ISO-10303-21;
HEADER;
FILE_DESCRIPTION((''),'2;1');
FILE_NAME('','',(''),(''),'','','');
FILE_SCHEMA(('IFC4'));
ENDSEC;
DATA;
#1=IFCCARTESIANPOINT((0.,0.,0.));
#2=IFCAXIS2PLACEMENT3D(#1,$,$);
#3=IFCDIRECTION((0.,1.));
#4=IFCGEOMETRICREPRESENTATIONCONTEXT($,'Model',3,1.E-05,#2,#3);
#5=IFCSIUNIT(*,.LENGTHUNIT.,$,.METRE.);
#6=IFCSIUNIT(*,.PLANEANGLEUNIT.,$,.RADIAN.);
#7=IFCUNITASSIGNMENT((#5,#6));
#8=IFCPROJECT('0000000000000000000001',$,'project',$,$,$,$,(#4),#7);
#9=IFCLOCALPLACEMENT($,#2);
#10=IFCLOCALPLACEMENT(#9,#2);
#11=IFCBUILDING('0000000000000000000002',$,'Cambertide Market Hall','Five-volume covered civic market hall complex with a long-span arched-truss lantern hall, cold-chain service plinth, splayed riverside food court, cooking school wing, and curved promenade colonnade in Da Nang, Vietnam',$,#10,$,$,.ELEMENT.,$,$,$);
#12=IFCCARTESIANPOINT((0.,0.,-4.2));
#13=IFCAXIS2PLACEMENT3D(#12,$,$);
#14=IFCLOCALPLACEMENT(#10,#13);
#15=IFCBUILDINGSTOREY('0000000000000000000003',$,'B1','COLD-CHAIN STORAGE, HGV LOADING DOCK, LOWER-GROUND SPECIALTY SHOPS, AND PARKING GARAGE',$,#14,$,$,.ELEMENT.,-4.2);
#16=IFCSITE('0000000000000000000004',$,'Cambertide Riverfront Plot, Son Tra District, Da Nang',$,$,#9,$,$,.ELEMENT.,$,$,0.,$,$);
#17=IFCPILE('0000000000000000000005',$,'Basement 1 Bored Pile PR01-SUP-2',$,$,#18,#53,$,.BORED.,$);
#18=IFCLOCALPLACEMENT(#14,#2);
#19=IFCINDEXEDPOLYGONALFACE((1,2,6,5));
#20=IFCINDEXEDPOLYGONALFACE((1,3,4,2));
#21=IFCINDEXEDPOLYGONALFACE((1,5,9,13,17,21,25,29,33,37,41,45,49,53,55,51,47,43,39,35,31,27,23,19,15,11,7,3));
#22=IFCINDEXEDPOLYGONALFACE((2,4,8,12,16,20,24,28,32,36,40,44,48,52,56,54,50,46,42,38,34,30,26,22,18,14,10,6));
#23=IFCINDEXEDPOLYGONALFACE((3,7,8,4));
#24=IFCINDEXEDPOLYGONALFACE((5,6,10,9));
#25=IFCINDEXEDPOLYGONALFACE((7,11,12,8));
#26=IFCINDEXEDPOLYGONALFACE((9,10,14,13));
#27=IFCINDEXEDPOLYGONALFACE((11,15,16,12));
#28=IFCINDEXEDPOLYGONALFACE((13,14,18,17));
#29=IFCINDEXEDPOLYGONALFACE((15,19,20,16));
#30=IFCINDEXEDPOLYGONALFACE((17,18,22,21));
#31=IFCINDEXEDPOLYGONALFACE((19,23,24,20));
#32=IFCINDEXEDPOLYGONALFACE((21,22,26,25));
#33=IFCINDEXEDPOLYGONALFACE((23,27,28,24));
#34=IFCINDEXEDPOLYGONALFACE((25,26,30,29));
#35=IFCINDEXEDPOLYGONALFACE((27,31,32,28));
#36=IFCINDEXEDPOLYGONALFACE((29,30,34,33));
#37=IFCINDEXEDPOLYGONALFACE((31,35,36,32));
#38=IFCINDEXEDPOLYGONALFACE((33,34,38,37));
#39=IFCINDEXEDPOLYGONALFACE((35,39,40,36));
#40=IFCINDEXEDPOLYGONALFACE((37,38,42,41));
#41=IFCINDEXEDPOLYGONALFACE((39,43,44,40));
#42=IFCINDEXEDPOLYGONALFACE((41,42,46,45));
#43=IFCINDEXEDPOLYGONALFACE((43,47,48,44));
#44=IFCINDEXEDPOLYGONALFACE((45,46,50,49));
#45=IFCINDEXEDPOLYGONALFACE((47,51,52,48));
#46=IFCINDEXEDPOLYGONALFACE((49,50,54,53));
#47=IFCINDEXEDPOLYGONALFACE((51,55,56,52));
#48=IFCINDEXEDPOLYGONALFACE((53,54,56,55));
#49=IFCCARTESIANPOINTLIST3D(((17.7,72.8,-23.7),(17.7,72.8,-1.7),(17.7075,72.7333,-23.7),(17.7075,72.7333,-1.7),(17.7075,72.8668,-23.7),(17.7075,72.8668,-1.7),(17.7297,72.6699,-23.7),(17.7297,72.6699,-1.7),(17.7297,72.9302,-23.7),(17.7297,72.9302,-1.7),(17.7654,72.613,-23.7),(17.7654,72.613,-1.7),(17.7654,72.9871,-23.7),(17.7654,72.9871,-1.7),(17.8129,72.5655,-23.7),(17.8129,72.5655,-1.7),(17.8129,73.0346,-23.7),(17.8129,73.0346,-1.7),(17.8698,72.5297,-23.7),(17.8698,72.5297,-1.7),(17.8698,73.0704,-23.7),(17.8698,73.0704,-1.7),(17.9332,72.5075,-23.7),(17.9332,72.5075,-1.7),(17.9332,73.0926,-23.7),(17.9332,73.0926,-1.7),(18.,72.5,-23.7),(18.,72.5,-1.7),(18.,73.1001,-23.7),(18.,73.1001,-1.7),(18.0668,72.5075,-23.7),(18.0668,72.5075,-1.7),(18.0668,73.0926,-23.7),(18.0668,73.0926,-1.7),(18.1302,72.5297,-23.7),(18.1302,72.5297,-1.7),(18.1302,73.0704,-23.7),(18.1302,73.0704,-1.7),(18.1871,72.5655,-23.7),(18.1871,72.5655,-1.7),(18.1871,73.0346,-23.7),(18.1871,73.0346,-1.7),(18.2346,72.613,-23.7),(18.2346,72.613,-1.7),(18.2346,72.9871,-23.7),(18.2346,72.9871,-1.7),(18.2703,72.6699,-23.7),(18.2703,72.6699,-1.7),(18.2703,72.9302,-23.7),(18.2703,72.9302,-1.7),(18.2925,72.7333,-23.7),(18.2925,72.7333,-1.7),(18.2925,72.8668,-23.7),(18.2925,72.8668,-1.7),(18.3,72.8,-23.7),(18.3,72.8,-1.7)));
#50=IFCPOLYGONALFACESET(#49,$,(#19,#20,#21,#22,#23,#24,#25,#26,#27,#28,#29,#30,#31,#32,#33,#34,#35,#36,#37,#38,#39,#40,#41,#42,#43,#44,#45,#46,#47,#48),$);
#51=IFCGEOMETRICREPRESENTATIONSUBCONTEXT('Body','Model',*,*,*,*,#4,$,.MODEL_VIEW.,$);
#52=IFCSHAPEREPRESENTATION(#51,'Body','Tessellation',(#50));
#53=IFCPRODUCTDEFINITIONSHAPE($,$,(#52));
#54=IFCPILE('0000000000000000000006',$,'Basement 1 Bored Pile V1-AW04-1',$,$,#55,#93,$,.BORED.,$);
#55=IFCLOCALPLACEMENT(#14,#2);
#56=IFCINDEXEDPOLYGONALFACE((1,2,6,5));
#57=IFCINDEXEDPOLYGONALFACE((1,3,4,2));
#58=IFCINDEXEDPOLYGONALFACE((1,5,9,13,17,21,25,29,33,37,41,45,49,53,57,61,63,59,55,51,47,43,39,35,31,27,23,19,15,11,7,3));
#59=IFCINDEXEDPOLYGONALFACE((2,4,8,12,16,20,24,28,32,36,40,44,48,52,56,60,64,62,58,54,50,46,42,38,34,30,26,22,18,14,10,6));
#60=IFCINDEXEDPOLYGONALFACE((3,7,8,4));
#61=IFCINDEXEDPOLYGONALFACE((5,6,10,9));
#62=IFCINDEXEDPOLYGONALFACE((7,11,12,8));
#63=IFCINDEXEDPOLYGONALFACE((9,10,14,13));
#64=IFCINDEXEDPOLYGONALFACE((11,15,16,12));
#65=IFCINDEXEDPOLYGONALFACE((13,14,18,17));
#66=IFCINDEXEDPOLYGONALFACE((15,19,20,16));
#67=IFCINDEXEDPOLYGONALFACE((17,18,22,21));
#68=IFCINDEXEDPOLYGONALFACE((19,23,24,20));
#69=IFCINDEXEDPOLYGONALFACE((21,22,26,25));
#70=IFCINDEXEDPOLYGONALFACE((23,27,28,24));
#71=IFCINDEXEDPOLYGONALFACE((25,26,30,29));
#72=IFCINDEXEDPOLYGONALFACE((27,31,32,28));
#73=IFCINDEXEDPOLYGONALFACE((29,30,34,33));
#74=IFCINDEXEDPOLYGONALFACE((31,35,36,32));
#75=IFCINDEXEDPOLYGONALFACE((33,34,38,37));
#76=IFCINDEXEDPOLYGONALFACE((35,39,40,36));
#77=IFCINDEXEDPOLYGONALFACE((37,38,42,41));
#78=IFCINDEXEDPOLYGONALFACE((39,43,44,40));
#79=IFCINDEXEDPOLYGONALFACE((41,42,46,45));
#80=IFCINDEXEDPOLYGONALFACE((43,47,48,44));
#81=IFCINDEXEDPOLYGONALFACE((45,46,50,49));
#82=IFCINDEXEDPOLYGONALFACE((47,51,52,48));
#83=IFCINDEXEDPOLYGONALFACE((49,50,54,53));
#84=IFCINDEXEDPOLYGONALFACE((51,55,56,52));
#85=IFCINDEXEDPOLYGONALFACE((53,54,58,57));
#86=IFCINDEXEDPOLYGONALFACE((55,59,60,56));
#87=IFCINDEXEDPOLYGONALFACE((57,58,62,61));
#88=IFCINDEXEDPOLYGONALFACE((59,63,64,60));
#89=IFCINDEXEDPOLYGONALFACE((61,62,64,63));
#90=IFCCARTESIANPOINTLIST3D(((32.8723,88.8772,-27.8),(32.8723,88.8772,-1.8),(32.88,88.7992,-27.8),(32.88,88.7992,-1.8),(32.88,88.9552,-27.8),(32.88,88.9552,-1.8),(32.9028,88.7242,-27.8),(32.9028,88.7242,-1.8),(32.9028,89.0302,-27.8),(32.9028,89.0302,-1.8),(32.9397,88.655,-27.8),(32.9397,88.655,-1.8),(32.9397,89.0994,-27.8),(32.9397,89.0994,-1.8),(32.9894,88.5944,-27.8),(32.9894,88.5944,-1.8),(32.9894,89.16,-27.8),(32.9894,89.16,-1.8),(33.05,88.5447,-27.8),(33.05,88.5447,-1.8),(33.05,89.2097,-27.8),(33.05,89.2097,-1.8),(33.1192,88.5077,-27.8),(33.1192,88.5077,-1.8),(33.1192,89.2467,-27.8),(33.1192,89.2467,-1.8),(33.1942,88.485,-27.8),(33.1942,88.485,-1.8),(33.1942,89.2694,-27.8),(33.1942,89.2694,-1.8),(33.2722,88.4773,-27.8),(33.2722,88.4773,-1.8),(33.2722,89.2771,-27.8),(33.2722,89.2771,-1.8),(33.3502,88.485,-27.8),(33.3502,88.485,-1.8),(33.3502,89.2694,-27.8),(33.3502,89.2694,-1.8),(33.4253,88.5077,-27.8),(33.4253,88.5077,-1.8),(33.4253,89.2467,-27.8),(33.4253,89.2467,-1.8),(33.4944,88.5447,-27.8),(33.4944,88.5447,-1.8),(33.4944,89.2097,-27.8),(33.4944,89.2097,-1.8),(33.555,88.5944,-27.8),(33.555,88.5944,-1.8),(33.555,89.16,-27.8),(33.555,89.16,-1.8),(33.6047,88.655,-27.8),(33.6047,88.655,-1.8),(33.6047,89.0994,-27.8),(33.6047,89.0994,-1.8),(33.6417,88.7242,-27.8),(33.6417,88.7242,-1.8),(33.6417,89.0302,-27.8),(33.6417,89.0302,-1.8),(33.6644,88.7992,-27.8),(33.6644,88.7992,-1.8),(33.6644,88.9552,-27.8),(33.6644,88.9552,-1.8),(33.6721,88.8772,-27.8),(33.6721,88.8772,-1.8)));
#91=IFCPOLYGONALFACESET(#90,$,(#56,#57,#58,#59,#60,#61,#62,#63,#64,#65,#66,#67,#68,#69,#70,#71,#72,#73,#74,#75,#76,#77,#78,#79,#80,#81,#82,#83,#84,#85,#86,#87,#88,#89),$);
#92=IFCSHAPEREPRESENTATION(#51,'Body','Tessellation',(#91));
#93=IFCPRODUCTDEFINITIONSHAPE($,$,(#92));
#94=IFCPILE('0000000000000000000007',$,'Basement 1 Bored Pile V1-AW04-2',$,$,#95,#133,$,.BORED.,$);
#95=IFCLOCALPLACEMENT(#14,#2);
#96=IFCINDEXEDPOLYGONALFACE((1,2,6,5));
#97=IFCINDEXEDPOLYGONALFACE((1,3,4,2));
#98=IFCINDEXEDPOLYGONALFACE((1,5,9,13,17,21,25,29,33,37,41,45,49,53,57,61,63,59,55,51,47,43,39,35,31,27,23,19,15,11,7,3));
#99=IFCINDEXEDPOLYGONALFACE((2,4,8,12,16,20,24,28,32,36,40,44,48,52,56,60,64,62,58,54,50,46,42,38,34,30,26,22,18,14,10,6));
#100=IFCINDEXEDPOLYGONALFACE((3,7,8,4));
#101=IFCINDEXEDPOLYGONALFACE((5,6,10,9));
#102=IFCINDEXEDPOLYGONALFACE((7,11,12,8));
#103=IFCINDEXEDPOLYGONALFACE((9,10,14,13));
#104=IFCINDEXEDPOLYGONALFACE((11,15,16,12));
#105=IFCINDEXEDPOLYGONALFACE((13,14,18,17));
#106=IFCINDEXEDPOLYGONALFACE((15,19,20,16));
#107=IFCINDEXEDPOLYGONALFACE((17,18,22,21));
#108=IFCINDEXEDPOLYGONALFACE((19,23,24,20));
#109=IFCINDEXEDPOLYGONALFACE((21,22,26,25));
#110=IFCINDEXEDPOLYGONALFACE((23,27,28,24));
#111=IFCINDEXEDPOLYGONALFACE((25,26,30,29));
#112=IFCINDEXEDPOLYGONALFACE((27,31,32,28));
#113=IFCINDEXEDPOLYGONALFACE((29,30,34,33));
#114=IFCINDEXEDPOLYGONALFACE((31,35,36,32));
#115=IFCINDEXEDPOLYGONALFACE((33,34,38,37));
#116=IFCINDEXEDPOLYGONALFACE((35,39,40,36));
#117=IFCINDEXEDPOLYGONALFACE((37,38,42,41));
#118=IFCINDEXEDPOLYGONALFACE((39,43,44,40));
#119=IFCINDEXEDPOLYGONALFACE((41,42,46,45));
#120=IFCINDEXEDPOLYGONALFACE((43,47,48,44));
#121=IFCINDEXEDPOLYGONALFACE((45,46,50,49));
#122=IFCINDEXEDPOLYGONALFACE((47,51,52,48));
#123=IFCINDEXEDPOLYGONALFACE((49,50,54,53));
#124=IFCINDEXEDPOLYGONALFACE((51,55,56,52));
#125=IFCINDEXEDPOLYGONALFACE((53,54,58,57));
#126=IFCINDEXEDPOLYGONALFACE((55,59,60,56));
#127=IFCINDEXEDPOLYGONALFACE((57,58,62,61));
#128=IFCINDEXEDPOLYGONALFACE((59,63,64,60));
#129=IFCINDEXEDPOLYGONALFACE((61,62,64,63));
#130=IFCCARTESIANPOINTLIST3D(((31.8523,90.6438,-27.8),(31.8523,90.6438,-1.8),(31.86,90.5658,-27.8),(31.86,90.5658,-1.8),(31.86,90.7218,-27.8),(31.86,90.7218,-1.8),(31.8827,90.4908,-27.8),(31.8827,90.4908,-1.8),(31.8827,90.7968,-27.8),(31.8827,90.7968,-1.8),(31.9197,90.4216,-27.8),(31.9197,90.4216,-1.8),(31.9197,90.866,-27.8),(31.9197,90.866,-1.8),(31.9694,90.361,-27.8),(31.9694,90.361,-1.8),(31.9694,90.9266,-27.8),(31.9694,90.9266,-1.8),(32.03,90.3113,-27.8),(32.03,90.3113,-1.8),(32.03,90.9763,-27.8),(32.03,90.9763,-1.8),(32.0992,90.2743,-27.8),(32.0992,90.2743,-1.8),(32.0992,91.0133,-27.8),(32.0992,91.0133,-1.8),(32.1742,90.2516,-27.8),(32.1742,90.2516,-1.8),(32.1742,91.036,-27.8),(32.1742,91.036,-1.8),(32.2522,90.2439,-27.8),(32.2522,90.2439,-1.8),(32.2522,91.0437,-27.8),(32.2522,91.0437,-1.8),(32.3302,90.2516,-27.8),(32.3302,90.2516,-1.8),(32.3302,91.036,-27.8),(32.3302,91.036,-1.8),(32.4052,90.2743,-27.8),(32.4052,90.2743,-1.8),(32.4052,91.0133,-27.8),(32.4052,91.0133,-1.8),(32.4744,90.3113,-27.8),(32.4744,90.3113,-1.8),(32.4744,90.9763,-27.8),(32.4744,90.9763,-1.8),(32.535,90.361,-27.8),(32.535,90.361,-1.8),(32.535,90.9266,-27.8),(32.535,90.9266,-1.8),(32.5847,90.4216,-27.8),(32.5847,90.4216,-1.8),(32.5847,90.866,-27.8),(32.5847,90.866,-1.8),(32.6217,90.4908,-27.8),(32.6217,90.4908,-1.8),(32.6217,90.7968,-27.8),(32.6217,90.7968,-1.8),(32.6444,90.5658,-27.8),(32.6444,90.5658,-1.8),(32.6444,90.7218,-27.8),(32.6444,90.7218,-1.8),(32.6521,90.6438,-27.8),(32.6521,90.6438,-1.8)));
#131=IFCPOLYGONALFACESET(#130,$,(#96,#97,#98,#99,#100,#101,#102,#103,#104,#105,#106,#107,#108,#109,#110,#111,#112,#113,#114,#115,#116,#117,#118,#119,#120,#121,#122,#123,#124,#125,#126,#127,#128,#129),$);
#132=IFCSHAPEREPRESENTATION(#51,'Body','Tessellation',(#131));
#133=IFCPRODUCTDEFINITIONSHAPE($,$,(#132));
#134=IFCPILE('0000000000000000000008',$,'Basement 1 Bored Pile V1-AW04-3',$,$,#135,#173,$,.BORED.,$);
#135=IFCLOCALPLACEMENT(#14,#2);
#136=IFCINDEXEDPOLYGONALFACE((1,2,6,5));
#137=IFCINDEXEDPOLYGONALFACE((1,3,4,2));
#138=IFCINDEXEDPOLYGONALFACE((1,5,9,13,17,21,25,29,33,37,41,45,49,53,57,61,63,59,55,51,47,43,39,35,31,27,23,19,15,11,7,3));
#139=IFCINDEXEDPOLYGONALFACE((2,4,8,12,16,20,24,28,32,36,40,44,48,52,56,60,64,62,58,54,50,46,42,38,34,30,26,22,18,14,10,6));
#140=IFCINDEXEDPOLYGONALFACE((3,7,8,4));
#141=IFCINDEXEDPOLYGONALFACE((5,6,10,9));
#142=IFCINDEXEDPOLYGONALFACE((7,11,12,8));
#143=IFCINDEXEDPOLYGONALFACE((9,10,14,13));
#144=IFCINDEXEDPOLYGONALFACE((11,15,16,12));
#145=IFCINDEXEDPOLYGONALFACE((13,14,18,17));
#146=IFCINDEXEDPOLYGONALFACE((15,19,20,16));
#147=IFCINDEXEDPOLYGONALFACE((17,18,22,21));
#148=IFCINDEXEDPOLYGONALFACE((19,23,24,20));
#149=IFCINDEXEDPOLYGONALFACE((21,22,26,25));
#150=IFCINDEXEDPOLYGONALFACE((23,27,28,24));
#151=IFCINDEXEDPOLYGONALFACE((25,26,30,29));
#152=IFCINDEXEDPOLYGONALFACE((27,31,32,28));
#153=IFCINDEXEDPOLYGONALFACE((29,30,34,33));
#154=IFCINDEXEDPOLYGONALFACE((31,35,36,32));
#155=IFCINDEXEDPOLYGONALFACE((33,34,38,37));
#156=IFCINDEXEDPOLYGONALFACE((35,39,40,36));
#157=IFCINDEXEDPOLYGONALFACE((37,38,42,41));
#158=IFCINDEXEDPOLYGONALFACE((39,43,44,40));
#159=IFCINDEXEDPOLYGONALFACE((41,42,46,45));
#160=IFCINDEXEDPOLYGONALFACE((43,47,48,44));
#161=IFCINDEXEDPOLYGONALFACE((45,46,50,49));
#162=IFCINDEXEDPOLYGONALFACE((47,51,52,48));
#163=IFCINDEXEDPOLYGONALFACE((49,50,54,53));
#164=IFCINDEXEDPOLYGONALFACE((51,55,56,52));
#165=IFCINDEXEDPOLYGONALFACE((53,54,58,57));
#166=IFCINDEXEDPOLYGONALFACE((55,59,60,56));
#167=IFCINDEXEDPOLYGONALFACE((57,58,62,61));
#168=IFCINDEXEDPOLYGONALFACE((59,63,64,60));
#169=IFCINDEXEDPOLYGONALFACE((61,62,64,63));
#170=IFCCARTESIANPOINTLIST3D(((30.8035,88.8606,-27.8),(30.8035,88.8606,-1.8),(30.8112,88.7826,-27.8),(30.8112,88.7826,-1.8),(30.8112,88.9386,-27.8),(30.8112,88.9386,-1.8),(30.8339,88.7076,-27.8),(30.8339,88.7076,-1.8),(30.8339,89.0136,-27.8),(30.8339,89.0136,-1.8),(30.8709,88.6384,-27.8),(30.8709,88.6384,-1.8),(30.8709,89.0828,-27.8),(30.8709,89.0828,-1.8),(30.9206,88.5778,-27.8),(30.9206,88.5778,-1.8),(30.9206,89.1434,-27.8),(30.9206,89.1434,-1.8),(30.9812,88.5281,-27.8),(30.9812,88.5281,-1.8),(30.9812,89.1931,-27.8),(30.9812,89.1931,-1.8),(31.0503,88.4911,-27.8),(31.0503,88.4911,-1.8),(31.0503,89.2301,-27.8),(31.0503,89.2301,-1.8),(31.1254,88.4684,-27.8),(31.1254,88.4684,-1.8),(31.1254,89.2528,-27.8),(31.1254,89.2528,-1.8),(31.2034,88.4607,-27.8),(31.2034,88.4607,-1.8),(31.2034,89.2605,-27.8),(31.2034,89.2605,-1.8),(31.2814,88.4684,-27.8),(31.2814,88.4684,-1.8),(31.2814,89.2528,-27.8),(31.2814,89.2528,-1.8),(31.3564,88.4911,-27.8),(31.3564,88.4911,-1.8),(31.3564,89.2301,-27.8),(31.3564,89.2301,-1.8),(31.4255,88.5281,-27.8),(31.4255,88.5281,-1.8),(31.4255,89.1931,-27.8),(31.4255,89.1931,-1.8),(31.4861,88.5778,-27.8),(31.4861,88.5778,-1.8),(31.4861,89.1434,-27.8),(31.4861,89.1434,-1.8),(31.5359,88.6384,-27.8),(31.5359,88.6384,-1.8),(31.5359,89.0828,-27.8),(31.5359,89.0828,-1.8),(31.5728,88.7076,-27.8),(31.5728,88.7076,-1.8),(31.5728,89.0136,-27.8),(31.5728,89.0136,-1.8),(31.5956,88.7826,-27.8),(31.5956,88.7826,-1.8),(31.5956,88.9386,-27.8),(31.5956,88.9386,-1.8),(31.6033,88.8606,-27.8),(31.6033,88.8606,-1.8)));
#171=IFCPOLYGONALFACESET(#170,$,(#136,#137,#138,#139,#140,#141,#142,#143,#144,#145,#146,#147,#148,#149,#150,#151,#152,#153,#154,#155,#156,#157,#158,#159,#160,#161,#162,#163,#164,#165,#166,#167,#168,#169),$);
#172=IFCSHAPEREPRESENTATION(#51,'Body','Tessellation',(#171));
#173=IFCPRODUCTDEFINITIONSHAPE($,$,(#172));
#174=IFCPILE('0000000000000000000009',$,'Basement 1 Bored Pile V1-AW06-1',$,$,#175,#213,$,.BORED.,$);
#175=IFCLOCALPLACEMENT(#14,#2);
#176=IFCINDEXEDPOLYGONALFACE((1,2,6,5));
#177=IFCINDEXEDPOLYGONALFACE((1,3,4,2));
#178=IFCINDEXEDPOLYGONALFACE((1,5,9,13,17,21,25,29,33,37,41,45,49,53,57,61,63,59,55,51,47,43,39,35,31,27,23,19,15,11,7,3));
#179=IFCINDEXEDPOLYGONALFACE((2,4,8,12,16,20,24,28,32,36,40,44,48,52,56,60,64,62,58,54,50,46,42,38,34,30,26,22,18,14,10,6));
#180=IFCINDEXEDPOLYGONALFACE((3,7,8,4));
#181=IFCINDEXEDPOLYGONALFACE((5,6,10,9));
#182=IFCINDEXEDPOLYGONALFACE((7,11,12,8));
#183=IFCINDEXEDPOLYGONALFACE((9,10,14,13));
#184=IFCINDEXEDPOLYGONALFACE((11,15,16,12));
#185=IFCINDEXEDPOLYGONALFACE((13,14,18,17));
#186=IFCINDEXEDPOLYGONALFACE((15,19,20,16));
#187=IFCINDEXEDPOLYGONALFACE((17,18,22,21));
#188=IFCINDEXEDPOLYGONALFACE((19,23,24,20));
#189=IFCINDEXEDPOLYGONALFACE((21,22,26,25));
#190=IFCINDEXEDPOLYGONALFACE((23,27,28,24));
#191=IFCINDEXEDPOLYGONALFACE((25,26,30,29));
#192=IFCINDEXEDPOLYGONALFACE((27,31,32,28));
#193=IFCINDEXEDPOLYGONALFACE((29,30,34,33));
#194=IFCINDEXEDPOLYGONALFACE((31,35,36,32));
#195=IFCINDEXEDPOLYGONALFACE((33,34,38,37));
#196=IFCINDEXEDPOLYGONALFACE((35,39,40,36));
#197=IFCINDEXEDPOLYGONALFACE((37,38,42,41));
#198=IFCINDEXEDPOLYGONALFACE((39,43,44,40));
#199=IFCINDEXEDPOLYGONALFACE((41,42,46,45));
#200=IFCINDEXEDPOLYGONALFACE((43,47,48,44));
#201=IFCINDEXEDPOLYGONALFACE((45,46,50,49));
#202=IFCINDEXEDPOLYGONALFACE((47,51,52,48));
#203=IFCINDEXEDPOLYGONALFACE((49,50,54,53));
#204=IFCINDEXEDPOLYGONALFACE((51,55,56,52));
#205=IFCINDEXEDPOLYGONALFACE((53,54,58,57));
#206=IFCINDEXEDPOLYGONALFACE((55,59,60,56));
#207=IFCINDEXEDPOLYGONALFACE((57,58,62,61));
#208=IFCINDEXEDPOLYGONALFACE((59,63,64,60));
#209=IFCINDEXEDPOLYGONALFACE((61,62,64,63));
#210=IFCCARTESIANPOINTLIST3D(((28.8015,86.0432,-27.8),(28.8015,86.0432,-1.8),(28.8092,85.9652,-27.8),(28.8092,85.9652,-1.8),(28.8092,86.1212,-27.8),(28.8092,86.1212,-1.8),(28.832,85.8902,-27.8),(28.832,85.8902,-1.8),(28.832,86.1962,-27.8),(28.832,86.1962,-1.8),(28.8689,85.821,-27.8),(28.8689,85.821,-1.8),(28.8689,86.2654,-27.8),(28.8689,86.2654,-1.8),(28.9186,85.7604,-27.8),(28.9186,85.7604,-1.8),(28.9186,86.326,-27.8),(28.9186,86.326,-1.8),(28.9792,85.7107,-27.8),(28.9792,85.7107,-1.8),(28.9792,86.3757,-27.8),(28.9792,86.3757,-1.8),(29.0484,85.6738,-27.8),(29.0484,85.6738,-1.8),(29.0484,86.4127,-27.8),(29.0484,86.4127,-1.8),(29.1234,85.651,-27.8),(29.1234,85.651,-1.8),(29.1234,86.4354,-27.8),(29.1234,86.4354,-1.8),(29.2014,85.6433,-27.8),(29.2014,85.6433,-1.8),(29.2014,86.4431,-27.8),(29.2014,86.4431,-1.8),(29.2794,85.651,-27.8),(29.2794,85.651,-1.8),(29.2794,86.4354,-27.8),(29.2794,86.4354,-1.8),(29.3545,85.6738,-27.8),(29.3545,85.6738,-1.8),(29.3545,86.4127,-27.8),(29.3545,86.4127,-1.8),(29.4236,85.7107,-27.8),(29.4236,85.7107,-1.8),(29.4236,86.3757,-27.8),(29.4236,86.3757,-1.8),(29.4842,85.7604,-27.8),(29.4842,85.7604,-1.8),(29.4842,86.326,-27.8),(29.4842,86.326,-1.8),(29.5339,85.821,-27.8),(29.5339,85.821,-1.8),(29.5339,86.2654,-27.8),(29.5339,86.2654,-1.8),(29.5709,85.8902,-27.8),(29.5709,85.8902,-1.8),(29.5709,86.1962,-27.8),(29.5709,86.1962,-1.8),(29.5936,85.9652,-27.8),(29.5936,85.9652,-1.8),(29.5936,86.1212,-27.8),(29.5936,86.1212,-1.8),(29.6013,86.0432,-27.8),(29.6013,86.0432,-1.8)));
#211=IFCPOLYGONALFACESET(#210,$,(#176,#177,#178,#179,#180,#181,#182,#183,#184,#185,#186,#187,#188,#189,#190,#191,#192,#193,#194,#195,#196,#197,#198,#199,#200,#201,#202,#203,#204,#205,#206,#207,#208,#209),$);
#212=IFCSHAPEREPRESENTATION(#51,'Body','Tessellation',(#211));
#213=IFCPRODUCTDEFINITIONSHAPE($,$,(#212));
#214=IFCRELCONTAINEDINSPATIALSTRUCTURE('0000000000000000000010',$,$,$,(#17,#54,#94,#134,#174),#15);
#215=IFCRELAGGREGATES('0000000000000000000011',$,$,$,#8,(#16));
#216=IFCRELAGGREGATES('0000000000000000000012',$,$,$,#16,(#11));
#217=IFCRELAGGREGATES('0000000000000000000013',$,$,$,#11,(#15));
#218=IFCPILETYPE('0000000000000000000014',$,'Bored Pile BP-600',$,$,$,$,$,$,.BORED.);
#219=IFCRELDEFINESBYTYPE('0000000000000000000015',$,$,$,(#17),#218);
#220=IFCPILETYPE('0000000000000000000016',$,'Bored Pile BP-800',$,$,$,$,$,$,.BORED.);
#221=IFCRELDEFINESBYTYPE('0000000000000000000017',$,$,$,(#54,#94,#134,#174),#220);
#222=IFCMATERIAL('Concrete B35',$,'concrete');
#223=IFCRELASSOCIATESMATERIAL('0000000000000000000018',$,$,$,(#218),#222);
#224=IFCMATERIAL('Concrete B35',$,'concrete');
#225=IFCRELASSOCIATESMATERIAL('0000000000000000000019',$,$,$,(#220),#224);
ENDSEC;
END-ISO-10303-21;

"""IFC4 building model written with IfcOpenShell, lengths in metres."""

from ifc_helpers import new_model, si_unit, direction, frame, origin, origin_2d, place, context, subcontext, project, spatial, circle, extrude, material, material_profile, profile_set, type_object, element, save


model = new_model("IFC4")

# Units and contexts
model_context = context("Model", 3, precision=1e-05, world=origin(), true_north=direction((0.0, 1.0)))
body_context = subcontext(model_context, "Body", "Model", "MODEL_VIEW")
ifc_project = project(units=[si_unit("LENGTHUNIT", "METRE"), si_unit("PLANEANGLEUNIT", "RADIAN")], contexts=[model_context])

# Site, building, storey
site_placement = place(None, origin())
site = spatial("IfcSite", under=ifc_project, at=site_placement, Name="Cambertide Riverfront Plot, Son Tra District, Da Nang", CompositionType="ELEMENT", RefElevation=0.0)
building_placement = place(site_placement, origin())
building = spatial("IfcBuilding", under=site, at=building_placement, Name="Cambertide Market Hall", Description="Five-volume covered civic market hall complex with a long-span arched-truss lantern hall, cold-chain service plinth, splayed riverside food court, cooking school wing, and curved promenade colonnade in Da Nang, Vietnam", CompositionType="ELEMENT")
storey_placement = place(building_placement, frame((0.0, 0.0, -4.2)))
storey = spatial("IfcBuildingStorey", under=building, at=storey_placement, Name="B1", Description="COLD-CHAIN STORAGE, HGV LOADING DOCK, LOWER-GROUND SPECIALTY SHOPS, AND PARKING GARAGE", CompositionType="ELEMENT", Elevation=-4.2)

# Piles
ifc_material_1 = material(Name="Concrete B35", Category="concrete")
ifc_material_profile_1 = material_profile(ifc_material_1, circle(Radius=0.3, at=origin_2d()), Name="BP D600")
ifc_profile_set_1 = profile_set([ifc_material_profile_1], Name="Concrete B35")
pile_type_1 = type_object("IfcPileType", Name="Bored Pile BP-600", PredefinedType="BORED", material=ifc_profile_set_1)
pile_placement = place(storey_placement, frame((18.0, 72.8, -1.7), z_axis=(0.0, 0.0, -1.0), x_axis=(1.0, 0.0, 0.0)))
element("IfcPile", 1, at=pile_placement, inside=storey, type_object=pile_type_1, Name="Basement 1 Bored Pile PR01-SUP-2", PredefinedType="BORED", context=body_context, shape_type="SweptSolid", body=[
    extrude(circle(Radius=0.3, at=origin_2d()), origin(), (0.0, 0.0, 1.0), 22.0),
])
ifc_material_2 = material(Name="Concrete B35", Category="concrete")
ifc_material_profile_2 = material_profile(ifc_material_2, circle(Radius=0.3999, at=origin_2d()), Name="BP D800")
ifc_profile_set_2 = profile_set([ifc_material_profile_2], Name="Concrete B35")
pile_type_2 = type_object("IfcPileType", Name="Bored Pile BP-800", PredefinedType="BORED", material=ifc_profile_set_2)
for number, where, z_axis, x_axis, name in (
    (2, (33.2722, 88.8772, -1.8), (0.0, 0.0, -1.0), (1.0, 0.0, 0.0), "Basement 1 Bored Pile V1-AW04-1"),
    (3, (32.2522, 90.6438, -1.8), (0.0, 0.0, -1.0), (1.0, 0.0, 0.0), "Basement 1 Bored Pile V1-AW04-2"),
    (4, (31.2034, 88.8606, -1.8), (0.0, 0.0, -1.0), (1.0, 0.0, 0.0), "Basement 1 Bored Pile V1-AW04-3"),
    (5, (29.2014, 86.0432, -1.8), (0.0, 0.0, -1.0), (1.0, 0.0, 0.0), "Basement 1 Bored Pile V1-AW06-1"),
):
    element("IfcPile", number, at=place(storey_placement, frame(where, z_axis=z_axis, x_axis=x_axis)), inside=storey, type_object=pile_type_2, Name=name, PredefinedType="BORED", context=body_context, shape_type="SweptSolid", body=[
        extrude(circle(Radius=0.3999, at=origin_2d()), origin(), (0.0, 0.0, 1.0), 26.0),
    ])

save(model, "model.ifc")
